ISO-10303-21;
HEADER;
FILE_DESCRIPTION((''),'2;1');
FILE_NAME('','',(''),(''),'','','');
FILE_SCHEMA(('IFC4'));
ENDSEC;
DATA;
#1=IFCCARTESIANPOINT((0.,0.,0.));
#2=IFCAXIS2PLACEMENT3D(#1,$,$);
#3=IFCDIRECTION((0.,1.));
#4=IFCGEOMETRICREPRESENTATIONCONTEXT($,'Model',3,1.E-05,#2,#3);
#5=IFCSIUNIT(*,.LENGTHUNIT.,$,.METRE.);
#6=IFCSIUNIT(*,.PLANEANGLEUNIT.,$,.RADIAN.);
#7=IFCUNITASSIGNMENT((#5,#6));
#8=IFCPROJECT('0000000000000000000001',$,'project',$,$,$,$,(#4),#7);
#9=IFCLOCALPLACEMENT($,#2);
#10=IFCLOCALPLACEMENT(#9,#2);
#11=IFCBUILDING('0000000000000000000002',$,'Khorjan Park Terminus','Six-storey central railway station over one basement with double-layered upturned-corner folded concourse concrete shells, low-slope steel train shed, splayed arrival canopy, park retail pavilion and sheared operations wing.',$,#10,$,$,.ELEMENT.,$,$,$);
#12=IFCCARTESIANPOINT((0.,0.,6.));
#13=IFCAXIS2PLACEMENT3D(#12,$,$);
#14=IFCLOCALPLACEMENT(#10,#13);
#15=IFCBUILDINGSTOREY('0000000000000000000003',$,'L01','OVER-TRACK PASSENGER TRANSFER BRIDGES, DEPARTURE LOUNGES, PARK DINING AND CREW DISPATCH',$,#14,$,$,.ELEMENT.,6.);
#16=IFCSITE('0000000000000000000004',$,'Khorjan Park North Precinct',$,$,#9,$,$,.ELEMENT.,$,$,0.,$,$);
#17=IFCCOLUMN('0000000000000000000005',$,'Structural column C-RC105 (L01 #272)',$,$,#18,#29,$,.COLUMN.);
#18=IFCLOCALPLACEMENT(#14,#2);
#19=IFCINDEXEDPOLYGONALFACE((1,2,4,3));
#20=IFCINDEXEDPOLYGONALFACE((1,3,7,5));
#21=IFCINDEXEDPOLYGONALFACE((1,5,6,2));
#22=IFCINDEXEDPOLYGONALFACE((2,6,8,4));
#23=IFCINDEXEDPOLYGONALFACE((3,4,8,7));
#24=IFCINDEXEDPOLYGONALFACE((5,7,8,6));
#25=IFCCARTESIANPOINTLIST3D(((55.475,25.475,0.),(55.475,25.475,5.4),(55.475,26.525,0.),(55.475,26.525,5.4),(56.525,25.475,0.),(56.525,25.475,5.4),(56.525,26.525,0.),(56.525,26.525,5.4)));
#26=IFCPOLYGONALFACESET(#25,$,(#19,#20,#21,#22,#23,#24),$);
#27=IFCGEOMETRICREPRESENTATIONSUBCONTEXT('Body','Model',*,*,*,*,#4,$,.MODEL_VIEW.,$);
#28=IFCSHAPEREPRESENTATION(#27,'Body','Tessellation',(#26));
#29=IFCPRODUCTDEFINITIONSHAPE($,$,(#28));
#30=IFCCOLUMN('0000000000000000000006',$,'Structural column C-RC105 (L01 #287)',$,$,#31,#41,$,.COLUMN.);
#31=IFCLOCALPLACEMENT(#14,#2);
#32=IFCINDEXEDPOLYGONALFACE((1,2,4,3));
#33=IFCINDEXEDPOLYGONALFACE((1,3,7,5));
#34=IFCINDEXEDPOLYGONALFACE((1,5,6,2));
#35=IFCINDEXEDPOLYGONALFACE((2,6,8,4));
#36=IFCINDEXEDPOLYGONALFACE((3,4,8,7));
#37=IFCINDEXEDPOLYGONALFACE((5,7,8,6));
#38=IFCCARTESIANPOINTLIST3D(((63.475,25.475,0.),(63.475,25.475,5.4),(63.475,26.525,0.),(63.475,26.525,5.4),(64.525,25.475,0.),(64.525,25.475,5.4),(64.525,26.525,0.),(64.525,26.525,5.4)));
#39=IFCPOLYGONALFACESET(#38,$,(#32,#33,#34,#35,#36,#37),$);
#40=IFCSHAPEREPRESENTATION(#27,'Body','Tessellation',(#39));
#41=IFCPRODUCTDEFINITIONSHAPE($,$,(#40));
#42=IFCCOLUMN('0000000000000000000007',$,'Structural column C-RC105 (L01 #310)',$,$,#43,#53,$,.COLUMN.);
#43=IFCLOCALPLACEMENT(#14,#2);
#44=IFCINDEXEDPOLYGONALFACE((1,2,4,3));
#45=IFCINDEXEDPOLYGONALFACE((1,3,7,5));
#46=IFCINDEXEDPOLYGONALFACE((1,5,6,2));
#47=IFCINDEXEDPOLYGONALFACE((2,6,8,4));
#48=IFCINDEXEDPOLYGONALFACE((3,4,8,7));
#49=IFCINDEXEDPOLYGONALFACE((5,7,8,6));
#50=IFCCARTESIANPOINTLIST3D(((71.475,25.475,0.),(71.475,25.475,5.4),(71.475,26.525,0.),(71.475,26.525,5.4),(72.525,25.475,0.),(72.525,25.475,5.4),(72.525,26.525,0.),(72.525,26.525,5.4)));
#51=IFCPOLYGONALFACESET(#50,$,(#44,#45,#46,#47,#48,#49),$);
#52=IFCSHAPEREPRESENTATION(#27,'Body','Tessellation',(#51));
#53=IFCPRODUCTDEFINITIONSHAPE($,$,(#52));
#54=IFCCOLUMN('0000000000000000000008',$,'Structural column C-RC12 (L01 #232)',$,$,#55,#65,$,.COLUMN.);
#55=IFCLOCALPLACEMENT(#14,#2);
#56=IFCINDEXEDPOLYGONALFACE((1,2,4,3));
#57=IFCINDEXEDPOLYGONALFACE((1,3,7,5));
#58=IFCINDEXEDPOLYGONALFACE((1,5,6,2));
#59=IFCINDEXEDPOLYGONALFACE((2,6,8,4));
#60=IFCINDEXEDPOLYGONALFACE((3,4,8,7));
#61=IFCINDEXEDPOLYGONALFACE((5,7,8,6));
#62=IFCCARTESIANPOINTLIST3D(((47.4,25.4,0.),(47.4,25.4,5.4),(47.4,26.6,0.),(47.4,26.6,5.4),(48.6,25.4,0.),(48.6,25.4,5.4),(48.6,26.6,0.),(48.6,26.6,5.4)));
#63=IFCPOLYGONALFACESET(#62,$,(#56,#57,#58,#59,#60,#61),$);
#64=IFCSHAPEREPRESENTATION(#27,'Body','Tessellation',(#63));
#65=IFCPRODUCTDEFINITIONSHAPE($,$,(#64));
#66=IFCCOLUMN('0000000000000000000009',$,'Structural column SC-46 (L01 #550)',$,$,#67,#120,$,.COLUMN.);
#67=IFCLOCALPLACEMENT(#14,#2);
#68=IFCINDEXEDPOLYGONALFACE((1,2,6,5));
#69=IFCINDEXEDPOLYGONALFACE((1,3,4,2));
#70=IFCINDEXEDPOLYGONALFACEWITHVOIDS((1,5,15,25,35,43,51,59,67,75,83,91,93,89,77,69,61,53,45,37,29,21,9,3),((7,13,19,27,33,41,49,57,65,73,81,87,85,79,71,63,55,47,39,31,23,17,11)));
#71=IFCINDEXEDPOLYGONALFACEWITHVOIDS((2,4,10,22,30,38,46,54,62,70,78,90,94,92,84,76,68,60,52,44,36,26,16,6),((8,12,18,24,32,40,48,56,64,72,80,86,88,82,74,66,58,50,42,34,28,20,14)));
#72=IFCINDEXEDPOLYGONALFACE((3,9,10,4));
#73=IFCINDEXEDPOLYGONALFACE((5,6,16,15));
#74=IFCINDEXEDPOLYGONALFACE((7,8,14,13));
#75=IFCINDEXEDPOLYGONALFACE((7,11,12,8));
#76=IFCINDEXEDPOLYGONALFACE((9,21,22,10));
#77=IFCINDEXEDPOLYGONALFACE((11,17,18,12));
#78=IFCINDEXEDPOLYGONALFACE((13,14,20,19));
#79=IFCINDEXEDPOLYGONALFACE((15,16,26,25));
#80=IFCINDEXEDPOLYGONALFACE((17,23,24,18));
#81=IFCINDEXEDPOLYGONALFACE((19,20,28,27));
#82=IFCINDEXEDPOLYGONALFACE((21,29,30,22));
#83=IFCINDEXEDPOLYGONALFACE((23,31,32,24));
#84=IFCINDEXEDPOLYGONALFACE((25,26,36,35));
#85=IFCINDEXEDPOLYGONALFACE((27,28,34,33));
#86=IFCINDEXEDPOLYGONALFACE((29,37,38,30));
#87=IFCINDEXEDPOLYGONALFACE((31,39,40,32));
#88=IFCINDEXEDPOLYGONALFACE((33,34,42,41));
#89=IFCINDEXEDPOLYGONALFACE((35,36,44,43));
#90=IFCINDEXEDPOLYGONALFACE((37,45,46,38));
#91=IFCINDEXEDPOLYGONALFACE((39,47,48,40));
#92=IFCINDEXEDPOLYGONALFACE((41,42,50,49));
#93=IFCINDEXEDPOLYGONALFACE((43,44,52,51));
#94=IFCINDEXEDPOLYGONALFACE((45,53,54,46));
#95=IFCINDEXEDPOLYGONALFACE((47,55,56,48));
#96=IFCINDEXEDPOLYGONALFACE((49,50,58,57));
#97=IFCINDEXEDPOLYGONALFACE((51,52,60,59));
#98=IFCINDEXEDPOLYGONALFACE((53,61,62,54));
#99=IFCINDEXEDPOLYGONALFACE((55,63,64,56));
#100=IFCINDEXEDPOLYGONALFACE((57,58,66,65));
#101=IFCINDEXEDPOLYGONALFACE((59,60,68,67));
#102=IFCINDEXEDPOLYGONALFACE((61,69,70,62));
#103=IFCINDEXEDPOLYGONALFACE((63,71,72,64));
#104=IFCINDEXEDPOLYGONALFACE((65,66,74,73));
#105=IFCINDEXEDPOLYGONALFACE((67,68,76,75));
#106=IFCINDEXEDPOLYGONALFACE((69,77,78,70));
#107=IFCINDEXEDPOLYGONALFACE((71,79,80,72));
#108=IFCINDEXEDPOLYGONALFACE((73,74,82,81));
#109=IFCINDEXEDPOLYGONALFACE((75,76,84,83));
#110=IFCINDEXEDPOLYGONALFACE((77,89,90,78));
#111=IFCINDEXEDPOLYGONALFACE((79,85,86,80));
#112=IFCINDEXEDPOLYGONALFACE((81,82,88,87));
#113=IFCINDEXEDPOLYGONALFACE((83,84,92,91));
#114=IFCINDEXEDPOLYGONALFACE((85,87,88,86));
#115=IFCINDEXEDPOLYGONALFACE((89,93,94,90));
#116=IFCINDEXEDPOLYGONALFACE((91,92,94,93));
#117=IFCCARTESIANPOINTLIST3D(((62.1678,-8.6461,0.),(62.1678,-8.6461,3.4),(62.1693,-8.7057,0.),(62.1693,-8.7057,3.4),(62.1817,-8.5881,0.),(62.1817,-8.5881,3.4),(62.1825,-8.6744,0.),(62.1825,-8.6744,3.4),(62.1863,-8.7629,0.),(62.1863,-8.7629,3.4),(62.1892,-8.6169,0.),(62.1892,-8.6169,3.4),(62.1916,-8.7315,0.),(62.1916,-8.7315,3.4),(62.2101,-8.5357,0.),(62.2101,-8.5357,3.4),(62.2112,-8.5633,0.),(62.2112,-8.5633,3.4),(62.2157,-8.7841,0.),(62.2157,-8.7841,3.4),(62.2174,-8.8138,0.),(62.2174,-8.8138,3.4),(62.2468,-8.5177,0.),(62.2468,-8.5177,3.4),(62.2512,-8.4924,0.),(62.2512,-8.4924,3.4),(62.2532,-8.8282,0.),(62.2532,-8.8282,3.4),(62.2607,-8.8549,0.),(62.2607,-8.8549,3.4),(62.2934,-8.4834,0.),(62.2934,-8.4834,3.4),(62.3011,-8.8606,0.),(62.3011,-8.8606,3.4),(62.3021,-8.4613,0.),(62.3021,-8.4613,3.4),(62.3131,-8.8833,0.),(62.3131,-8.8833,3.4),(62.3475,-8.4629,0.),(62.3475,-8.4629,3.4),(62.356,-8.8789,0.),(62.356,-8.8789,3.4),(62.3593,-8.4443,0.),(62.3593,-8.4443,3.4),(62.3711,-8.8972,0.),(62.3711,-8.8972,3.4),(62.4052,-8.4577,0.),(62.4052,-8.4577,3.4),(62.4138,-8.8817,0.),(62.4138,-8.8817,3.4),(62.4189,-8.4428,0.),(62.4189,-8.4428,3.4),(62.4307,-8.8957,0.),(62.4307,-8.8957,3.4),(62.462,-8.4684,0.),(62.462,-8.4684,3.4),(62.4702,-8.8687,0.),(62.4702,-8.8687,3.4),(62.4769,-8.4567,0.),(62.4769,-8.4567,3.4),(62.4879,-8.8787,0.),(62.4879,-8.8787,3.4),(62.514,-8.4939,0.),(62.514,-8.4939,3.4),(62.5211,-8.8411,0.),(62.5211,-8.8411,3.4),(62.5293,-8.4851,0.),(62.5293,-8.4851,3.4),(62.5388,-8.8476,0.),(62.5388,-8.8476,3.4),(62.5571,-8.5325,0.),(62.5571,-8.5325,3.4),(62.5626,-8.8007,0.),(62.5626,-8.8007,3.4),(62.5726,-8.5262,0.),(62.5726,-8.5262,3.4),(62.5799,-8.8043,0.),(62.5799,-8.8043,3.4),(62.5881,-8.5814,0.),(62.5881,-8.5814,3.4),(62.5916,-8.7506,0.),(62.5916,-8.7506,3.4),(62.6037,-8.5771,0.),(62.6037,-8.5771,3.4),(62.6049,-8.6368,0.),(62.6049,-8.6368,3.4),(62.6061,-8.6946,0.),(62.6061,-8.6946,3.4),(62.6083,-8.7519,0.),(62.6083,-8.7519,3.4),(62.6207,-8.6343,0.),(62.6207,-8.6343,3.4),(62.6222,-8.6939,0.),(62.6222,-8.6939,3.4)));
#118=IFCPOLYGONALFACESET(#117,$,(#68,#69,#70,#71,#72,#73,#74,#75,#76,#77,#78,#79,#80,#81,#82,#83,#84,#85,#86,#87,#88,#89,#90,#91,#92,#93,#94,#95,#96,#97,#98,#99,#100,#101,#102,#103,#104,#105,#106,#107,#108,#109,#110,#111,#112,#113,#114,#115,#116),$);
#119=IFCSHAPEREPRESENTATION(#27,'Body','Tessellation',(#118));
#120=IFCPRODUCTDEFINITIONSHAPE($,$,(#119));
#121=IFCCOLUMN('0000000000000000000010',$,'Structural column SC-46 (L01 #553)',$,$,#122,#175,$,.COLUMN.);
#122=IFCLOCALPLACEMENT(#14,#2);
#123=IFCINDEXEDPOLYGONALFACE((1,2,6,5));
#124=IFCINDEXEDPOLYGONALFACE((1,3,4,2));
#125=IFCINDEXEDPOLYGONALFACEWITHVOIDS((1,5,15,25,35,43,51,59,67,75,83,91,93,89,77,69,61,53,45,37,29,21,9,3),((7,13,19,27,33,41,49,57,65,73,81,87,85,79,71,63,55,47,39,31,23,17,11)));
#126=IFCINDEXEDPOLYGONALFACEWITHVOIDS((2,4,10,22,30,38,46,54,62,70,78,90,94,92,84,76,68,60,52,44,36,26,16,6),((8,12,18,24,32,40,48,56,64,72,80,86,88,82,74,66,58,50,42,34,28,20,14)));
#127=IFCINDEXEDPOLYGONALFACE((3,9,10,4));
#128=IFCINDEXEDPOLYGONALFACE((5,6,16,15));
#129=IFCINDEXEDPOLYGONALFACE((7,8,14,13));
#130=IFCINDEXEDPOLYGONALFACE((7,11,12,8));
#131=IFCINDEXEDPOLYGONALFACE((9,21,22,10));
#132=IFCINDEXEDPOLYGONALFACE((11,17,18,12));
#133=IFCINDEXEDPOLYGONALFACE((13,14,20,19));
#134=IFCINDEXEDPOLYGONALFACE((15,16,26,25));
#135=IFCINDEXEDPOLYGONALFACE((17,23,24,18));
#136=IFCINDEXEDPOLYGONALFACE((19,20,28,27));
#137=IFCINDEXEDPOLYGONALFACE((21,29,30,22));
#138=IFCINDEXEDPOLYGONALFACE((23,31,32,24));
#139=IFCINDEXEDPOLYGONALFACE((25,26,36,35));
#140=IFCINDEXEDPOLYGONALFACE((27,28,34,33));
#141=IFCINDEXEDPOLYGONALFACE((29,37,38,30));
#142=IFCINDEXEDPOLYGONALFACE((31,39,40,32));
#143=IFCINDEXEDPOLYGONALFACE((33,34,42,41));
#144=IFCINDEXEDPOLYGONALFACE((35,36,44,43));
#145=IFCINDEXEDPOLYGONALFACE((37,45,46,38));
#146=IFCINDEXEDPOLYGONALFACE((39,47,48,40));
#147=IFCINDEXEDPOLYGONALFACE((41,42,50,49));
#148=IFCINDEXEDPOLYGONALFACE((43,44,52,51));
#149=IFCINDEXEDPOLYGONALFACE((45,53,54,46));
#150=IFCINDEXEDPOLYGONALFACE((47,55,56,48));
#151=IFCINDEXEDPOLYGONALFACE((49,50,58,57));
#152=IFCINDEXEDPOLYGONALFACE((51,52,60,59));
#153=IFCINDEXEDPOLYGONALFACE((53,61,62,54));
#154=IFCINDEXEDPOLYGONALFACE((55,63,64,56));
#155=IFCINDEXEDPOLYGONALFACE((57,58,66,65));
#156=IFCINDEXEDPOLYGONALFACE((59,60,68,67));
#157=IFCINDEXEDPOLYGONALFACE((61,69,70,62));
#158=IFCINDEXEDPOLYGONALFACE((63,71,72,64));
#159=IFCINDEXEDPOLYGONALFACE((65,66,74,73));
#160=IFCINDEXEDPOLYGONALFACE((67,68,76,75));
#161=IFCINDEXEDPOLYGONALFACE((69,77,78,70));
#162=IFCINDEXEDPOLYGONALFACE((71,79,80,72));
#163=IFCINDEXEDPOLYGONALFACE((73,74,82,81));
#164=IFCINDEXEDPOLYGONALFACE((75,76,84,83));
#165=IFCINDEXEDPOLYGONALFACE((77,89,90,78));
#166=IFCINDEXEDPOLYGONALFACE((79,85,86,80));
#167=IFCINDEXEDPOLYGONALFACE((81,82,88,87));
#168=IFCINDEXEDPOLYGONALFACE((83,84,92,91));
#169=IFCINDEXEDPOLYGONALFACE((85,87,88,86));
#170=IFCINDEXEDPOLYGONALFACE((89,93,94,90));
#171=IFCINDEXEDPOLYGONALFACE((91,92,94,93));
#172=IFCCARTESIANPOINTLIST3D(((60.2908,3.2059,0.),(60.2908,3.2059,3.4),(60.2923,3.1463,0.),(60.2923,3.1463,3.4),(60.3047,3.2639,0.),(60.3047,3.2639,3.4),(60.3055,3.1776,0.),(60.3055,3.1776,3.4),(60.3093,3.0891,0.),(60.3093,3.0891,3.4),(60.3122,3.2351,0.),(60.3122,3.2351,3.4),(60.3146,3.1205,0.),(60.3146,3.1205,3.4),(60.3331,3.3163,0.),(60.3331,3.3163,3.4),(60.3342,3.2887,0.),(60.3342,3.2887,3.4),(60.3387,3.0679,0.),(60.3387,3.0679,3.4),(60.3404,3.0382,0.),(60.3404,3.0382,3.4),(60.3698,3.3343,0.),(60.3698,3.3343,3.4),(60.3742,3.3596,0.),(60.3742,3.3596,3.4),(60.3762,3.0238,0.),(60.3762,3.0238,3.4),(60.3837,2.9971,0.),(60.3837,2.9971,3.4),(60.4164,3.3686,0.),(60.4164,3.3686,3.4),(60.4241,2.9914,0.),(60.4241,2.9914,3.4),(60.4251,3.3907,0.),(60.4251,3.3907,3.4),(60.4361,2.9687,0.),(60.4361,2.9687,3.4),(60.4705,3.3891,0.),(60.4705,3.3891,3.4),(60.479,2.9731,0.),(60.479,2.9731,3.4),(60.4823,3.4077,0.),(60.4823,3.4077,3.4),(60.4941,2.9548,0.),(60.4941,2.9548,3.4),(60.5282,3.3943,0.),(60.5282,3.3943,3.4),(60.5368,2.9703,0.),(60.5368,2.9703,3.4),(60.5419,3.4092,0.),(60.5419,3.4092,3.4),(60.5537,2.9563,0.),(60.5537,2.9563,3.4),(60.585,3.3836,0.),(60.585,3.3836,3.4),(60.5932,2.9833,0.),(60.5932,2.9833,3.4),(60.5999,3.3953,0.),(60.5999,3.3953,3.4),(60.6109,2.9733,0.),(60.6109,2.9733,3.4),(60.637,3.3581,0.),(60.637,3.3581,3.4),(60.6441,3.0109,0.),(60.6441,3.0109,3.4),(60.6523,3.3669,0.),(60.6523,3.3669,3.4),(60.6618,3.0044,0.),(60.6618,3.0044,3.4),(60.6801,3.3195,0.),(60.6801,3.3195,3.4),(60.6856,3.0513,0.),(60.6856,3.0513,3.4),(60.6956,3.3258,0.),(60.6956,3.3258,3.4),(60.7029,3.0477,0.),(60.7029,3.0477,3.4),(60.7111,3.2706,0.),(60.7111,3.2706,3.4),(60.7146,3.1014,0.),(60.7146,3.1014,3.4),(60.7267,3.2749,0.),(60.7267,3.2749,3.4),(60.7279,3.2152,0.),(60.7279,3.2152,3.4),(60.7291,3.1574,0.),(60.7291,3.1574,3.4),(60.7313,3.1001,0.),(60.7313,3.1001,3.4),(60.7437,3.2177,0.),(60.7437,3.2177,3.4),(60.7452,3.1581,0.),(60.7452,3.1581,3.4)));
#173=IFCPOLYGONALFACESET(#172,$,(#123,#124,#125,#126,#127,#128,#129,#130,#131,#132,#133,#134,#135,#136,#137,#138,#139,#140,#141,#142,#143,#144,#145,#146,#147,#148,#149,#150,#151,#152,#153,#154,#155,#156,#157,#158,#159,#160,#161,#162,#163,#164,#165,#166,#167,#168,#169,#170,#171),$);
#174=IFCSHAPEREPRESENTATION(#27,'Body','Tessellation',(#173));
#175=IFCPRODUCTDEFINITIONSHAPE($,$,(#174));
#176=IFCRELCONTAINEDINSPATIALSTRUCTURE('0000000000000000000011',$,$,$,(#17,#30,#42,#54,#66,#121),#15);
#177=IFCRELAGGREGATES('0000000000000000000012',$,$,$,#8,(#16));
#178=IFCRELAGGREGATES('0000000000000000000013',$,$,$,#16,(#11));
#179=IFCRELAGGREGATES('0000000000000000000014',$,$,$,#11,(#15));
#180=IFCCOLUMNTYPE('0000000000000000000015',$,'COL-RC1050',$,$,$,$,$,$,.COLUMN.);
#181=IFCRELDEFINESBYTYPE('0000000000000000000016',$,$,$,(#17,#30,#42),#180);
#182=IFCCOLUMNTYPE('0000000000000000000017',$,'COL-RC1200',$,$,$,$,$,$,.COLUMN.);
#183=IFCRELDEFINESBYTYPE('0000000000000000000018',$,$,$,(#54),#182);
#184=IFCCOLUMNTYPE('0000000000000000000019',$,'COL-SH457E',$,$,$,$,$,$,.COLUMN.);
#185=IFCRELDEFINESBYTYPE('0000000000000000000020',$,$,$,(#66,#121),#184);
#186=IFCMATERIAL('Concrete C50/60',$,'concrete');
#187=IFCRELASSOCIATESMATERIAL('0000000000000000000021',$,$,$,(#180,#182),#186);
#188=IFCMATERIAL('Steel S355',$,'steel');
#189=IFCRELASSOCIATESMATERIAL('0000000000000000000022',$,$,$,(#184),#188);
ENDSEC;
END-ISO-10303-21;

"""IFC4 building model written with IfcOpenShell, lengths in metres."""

from ifc_helpers import new_model, si_unit, direction, frame, origin, origin_2d, place, context, subcontext, project, spatial, rectangle, hollow_circle, extrude, material, material_profile, profile_set, type_object, element, save


model = new_model("IFC4")

# Units and contexts
model_context = context("Model", 3, precision=1e-05, world=origin(), true_north=direction((0.0, 1.0)))
body_context = subcontext(model_context, "Body", "Model", "MODEL_VIEW")
ifc_project = project(units=[si_unit("LENGTHUNIT", "METRE"), si_unit("PLANEANGLEUNIT", "RADIAN")], contexts=[model_context])

# Site, building, storey
site_placement = place(None, origin())
site = spatial("IfcSite", under=ifc_project, at=site_placement, Name="Khorjan Park North Precinct", CompositionType="ELEMENT", RefElevation=0.0)
building_placement = place(site_placement, origin())
building = spatial("IfcBuilding", under=site, at=building_placement, Name="Khorjan Park Terminus", Description="Six-storey central railway station over one basement with double-layered upturned-corner folded concourse concrete shells, low-slope steel train shed, splayed arrival canopy, park retail pavilion and sheared operations wing.", CompositionType="ELEMENT")
storey_placement = place(building_placement, frame((0.0, 0.0, 6.0)))
storey = spatial("IfcBuildingStorey", under=building, at=storey_placement, Name="L01", Description="OVER-TRACK PASSENGER TRANSFER BRIDGES, DEPARTURE LOUNGES, PARK DINING AND CREW DISPATCH", CompositionType="ELEMENT", Elevation=6.0)

# Columns
ifc_material_1 = material(Name="Concrete C50/60", Category="concrete")
ifc_material_profile_1 = material_profile(ifc_material_1, rectangle(XDim=1.05, YDim=1.05, at=origin_2d()), Name="RC 1050x1050")
ifc_profile_set_1 = profile_set([ifc_material_profile_1], Name="Concrete C50/60")
column_type_1 = type_object("IfcColumnType", Name="COL-RC1050", PredefinedType="COLUMN", material=ifc_profile_set_1)
for number, where, z_axis, x_axis, name in (
    (1, (56.0, 26.0, 0.0), (0.0, 0.0, 1.0), (1.0, 0.0, 0.0), "Structural column C-RC105 (L01 #272)"),
    (2, (64.0, 26.0, 0.0), (0.0, 0.0, 1.0), (1.0, 0.0, 0.0), "Structural column C-RC105 (L01 #287)"),
    (3, (72.0, 26.0, 0.0), (0.0, 0.0, 1.0), (1.0, 0.0, 0.0), "Structural column C-RC105 (L01 #310)"),
):
    element("IfcColumn", number, at=place(storey_placement, frame(where, z_axis=z_axis, x_axis=x_axis)), inside=storey, type_object=column_type_1, Name=name, PredefinedType="COLUMN", context=body_context, shape_type="SweptSolid", body=[
        extrude(rectangle(XDim=1.05, YDim=1.05, at=origin_2d()), origin(), (0.0, 0.0, 1.0), 5.4),
    ])
ifc_material_profile_2 = material_profile(ifc_material_1, rectangle(XDim=1.2, YDim=1.2, at=origin_2d()), Name="RC 1200x1200")
ifc_profile_set_2 = profile_set([ifc_material_profile_2], Name="Concrete C50/60")
column_type_2 = type_object("IfcColumnType", Name="COL-RC1200", PredefinedType="COLUMN", material=ifc_profile_set_2)
column_placement = place(storey_placement, frame((48.0, 26.0, 0.0), z_axis=(0.0, 0.0, 1.0), x_axis=(1.0, 0.0, 0.0)))
element("IfcColumn", 4, at=column_placement, inside=storey, type_object=column_type_2, Name="Structural column C-RC12 (L01 #232)", PredefinedType="COLUMN", context=body_context, shape_type="SweptSolid", body=[
    extrude(rectangle(XDim=1.2, YDim=1.2, at=origin_2d()), origin(), (0.0, 0.0, 1.0), 5.4),
])
ifc_material_2 = material(Name="Steel S355", Category="steel")
ifc_material_profile_3 = material_profile(ifc_material_2, hollow_circle(Radius=0.2285, WallThickness=0.016, at=origin_2d()), Name="CHS 457x16")
ifc_profile_set_3 = profile_set([ifc_material_profile_3], Name="Steel S355")
column_type_3 = type_object("IfcColumnType", Name="COL-SH457E", PredefinedType="COLUMN", material=ifc_profile_set_3)
for number, where, z_axis, x_axis, name in (
    (5, (62.395, -8.67, 0.0), (0.0, 0.0, 1.0), (0.987688, 0.156434, 0.0), "Structural column SC-46 (L01 #550)"),
    (6, (60.518, 3.182, 0.0), (0.0, 0.0, 1.0), (0.987688, 0.156434, 0.0), "Structural column SC-46 (L01 #553)"),
):
    element("IfcColumn", number, at=place(storey_placement, frame(where, z_axis=z_axis, x_axis=x_axis)), inside=storey, type_object=column_type_3, Name=name, PredefinedType="COLUMN", context=body_context, shape_type="SweptSolid", body=[
        extrude(hollow_circle(Radius=0.2285, WallThickness=0.016, at=origin_2d()), origin(), (0.0, 0.0, 1.0), 3.4),
    ])

save(model, "model.ifc")
